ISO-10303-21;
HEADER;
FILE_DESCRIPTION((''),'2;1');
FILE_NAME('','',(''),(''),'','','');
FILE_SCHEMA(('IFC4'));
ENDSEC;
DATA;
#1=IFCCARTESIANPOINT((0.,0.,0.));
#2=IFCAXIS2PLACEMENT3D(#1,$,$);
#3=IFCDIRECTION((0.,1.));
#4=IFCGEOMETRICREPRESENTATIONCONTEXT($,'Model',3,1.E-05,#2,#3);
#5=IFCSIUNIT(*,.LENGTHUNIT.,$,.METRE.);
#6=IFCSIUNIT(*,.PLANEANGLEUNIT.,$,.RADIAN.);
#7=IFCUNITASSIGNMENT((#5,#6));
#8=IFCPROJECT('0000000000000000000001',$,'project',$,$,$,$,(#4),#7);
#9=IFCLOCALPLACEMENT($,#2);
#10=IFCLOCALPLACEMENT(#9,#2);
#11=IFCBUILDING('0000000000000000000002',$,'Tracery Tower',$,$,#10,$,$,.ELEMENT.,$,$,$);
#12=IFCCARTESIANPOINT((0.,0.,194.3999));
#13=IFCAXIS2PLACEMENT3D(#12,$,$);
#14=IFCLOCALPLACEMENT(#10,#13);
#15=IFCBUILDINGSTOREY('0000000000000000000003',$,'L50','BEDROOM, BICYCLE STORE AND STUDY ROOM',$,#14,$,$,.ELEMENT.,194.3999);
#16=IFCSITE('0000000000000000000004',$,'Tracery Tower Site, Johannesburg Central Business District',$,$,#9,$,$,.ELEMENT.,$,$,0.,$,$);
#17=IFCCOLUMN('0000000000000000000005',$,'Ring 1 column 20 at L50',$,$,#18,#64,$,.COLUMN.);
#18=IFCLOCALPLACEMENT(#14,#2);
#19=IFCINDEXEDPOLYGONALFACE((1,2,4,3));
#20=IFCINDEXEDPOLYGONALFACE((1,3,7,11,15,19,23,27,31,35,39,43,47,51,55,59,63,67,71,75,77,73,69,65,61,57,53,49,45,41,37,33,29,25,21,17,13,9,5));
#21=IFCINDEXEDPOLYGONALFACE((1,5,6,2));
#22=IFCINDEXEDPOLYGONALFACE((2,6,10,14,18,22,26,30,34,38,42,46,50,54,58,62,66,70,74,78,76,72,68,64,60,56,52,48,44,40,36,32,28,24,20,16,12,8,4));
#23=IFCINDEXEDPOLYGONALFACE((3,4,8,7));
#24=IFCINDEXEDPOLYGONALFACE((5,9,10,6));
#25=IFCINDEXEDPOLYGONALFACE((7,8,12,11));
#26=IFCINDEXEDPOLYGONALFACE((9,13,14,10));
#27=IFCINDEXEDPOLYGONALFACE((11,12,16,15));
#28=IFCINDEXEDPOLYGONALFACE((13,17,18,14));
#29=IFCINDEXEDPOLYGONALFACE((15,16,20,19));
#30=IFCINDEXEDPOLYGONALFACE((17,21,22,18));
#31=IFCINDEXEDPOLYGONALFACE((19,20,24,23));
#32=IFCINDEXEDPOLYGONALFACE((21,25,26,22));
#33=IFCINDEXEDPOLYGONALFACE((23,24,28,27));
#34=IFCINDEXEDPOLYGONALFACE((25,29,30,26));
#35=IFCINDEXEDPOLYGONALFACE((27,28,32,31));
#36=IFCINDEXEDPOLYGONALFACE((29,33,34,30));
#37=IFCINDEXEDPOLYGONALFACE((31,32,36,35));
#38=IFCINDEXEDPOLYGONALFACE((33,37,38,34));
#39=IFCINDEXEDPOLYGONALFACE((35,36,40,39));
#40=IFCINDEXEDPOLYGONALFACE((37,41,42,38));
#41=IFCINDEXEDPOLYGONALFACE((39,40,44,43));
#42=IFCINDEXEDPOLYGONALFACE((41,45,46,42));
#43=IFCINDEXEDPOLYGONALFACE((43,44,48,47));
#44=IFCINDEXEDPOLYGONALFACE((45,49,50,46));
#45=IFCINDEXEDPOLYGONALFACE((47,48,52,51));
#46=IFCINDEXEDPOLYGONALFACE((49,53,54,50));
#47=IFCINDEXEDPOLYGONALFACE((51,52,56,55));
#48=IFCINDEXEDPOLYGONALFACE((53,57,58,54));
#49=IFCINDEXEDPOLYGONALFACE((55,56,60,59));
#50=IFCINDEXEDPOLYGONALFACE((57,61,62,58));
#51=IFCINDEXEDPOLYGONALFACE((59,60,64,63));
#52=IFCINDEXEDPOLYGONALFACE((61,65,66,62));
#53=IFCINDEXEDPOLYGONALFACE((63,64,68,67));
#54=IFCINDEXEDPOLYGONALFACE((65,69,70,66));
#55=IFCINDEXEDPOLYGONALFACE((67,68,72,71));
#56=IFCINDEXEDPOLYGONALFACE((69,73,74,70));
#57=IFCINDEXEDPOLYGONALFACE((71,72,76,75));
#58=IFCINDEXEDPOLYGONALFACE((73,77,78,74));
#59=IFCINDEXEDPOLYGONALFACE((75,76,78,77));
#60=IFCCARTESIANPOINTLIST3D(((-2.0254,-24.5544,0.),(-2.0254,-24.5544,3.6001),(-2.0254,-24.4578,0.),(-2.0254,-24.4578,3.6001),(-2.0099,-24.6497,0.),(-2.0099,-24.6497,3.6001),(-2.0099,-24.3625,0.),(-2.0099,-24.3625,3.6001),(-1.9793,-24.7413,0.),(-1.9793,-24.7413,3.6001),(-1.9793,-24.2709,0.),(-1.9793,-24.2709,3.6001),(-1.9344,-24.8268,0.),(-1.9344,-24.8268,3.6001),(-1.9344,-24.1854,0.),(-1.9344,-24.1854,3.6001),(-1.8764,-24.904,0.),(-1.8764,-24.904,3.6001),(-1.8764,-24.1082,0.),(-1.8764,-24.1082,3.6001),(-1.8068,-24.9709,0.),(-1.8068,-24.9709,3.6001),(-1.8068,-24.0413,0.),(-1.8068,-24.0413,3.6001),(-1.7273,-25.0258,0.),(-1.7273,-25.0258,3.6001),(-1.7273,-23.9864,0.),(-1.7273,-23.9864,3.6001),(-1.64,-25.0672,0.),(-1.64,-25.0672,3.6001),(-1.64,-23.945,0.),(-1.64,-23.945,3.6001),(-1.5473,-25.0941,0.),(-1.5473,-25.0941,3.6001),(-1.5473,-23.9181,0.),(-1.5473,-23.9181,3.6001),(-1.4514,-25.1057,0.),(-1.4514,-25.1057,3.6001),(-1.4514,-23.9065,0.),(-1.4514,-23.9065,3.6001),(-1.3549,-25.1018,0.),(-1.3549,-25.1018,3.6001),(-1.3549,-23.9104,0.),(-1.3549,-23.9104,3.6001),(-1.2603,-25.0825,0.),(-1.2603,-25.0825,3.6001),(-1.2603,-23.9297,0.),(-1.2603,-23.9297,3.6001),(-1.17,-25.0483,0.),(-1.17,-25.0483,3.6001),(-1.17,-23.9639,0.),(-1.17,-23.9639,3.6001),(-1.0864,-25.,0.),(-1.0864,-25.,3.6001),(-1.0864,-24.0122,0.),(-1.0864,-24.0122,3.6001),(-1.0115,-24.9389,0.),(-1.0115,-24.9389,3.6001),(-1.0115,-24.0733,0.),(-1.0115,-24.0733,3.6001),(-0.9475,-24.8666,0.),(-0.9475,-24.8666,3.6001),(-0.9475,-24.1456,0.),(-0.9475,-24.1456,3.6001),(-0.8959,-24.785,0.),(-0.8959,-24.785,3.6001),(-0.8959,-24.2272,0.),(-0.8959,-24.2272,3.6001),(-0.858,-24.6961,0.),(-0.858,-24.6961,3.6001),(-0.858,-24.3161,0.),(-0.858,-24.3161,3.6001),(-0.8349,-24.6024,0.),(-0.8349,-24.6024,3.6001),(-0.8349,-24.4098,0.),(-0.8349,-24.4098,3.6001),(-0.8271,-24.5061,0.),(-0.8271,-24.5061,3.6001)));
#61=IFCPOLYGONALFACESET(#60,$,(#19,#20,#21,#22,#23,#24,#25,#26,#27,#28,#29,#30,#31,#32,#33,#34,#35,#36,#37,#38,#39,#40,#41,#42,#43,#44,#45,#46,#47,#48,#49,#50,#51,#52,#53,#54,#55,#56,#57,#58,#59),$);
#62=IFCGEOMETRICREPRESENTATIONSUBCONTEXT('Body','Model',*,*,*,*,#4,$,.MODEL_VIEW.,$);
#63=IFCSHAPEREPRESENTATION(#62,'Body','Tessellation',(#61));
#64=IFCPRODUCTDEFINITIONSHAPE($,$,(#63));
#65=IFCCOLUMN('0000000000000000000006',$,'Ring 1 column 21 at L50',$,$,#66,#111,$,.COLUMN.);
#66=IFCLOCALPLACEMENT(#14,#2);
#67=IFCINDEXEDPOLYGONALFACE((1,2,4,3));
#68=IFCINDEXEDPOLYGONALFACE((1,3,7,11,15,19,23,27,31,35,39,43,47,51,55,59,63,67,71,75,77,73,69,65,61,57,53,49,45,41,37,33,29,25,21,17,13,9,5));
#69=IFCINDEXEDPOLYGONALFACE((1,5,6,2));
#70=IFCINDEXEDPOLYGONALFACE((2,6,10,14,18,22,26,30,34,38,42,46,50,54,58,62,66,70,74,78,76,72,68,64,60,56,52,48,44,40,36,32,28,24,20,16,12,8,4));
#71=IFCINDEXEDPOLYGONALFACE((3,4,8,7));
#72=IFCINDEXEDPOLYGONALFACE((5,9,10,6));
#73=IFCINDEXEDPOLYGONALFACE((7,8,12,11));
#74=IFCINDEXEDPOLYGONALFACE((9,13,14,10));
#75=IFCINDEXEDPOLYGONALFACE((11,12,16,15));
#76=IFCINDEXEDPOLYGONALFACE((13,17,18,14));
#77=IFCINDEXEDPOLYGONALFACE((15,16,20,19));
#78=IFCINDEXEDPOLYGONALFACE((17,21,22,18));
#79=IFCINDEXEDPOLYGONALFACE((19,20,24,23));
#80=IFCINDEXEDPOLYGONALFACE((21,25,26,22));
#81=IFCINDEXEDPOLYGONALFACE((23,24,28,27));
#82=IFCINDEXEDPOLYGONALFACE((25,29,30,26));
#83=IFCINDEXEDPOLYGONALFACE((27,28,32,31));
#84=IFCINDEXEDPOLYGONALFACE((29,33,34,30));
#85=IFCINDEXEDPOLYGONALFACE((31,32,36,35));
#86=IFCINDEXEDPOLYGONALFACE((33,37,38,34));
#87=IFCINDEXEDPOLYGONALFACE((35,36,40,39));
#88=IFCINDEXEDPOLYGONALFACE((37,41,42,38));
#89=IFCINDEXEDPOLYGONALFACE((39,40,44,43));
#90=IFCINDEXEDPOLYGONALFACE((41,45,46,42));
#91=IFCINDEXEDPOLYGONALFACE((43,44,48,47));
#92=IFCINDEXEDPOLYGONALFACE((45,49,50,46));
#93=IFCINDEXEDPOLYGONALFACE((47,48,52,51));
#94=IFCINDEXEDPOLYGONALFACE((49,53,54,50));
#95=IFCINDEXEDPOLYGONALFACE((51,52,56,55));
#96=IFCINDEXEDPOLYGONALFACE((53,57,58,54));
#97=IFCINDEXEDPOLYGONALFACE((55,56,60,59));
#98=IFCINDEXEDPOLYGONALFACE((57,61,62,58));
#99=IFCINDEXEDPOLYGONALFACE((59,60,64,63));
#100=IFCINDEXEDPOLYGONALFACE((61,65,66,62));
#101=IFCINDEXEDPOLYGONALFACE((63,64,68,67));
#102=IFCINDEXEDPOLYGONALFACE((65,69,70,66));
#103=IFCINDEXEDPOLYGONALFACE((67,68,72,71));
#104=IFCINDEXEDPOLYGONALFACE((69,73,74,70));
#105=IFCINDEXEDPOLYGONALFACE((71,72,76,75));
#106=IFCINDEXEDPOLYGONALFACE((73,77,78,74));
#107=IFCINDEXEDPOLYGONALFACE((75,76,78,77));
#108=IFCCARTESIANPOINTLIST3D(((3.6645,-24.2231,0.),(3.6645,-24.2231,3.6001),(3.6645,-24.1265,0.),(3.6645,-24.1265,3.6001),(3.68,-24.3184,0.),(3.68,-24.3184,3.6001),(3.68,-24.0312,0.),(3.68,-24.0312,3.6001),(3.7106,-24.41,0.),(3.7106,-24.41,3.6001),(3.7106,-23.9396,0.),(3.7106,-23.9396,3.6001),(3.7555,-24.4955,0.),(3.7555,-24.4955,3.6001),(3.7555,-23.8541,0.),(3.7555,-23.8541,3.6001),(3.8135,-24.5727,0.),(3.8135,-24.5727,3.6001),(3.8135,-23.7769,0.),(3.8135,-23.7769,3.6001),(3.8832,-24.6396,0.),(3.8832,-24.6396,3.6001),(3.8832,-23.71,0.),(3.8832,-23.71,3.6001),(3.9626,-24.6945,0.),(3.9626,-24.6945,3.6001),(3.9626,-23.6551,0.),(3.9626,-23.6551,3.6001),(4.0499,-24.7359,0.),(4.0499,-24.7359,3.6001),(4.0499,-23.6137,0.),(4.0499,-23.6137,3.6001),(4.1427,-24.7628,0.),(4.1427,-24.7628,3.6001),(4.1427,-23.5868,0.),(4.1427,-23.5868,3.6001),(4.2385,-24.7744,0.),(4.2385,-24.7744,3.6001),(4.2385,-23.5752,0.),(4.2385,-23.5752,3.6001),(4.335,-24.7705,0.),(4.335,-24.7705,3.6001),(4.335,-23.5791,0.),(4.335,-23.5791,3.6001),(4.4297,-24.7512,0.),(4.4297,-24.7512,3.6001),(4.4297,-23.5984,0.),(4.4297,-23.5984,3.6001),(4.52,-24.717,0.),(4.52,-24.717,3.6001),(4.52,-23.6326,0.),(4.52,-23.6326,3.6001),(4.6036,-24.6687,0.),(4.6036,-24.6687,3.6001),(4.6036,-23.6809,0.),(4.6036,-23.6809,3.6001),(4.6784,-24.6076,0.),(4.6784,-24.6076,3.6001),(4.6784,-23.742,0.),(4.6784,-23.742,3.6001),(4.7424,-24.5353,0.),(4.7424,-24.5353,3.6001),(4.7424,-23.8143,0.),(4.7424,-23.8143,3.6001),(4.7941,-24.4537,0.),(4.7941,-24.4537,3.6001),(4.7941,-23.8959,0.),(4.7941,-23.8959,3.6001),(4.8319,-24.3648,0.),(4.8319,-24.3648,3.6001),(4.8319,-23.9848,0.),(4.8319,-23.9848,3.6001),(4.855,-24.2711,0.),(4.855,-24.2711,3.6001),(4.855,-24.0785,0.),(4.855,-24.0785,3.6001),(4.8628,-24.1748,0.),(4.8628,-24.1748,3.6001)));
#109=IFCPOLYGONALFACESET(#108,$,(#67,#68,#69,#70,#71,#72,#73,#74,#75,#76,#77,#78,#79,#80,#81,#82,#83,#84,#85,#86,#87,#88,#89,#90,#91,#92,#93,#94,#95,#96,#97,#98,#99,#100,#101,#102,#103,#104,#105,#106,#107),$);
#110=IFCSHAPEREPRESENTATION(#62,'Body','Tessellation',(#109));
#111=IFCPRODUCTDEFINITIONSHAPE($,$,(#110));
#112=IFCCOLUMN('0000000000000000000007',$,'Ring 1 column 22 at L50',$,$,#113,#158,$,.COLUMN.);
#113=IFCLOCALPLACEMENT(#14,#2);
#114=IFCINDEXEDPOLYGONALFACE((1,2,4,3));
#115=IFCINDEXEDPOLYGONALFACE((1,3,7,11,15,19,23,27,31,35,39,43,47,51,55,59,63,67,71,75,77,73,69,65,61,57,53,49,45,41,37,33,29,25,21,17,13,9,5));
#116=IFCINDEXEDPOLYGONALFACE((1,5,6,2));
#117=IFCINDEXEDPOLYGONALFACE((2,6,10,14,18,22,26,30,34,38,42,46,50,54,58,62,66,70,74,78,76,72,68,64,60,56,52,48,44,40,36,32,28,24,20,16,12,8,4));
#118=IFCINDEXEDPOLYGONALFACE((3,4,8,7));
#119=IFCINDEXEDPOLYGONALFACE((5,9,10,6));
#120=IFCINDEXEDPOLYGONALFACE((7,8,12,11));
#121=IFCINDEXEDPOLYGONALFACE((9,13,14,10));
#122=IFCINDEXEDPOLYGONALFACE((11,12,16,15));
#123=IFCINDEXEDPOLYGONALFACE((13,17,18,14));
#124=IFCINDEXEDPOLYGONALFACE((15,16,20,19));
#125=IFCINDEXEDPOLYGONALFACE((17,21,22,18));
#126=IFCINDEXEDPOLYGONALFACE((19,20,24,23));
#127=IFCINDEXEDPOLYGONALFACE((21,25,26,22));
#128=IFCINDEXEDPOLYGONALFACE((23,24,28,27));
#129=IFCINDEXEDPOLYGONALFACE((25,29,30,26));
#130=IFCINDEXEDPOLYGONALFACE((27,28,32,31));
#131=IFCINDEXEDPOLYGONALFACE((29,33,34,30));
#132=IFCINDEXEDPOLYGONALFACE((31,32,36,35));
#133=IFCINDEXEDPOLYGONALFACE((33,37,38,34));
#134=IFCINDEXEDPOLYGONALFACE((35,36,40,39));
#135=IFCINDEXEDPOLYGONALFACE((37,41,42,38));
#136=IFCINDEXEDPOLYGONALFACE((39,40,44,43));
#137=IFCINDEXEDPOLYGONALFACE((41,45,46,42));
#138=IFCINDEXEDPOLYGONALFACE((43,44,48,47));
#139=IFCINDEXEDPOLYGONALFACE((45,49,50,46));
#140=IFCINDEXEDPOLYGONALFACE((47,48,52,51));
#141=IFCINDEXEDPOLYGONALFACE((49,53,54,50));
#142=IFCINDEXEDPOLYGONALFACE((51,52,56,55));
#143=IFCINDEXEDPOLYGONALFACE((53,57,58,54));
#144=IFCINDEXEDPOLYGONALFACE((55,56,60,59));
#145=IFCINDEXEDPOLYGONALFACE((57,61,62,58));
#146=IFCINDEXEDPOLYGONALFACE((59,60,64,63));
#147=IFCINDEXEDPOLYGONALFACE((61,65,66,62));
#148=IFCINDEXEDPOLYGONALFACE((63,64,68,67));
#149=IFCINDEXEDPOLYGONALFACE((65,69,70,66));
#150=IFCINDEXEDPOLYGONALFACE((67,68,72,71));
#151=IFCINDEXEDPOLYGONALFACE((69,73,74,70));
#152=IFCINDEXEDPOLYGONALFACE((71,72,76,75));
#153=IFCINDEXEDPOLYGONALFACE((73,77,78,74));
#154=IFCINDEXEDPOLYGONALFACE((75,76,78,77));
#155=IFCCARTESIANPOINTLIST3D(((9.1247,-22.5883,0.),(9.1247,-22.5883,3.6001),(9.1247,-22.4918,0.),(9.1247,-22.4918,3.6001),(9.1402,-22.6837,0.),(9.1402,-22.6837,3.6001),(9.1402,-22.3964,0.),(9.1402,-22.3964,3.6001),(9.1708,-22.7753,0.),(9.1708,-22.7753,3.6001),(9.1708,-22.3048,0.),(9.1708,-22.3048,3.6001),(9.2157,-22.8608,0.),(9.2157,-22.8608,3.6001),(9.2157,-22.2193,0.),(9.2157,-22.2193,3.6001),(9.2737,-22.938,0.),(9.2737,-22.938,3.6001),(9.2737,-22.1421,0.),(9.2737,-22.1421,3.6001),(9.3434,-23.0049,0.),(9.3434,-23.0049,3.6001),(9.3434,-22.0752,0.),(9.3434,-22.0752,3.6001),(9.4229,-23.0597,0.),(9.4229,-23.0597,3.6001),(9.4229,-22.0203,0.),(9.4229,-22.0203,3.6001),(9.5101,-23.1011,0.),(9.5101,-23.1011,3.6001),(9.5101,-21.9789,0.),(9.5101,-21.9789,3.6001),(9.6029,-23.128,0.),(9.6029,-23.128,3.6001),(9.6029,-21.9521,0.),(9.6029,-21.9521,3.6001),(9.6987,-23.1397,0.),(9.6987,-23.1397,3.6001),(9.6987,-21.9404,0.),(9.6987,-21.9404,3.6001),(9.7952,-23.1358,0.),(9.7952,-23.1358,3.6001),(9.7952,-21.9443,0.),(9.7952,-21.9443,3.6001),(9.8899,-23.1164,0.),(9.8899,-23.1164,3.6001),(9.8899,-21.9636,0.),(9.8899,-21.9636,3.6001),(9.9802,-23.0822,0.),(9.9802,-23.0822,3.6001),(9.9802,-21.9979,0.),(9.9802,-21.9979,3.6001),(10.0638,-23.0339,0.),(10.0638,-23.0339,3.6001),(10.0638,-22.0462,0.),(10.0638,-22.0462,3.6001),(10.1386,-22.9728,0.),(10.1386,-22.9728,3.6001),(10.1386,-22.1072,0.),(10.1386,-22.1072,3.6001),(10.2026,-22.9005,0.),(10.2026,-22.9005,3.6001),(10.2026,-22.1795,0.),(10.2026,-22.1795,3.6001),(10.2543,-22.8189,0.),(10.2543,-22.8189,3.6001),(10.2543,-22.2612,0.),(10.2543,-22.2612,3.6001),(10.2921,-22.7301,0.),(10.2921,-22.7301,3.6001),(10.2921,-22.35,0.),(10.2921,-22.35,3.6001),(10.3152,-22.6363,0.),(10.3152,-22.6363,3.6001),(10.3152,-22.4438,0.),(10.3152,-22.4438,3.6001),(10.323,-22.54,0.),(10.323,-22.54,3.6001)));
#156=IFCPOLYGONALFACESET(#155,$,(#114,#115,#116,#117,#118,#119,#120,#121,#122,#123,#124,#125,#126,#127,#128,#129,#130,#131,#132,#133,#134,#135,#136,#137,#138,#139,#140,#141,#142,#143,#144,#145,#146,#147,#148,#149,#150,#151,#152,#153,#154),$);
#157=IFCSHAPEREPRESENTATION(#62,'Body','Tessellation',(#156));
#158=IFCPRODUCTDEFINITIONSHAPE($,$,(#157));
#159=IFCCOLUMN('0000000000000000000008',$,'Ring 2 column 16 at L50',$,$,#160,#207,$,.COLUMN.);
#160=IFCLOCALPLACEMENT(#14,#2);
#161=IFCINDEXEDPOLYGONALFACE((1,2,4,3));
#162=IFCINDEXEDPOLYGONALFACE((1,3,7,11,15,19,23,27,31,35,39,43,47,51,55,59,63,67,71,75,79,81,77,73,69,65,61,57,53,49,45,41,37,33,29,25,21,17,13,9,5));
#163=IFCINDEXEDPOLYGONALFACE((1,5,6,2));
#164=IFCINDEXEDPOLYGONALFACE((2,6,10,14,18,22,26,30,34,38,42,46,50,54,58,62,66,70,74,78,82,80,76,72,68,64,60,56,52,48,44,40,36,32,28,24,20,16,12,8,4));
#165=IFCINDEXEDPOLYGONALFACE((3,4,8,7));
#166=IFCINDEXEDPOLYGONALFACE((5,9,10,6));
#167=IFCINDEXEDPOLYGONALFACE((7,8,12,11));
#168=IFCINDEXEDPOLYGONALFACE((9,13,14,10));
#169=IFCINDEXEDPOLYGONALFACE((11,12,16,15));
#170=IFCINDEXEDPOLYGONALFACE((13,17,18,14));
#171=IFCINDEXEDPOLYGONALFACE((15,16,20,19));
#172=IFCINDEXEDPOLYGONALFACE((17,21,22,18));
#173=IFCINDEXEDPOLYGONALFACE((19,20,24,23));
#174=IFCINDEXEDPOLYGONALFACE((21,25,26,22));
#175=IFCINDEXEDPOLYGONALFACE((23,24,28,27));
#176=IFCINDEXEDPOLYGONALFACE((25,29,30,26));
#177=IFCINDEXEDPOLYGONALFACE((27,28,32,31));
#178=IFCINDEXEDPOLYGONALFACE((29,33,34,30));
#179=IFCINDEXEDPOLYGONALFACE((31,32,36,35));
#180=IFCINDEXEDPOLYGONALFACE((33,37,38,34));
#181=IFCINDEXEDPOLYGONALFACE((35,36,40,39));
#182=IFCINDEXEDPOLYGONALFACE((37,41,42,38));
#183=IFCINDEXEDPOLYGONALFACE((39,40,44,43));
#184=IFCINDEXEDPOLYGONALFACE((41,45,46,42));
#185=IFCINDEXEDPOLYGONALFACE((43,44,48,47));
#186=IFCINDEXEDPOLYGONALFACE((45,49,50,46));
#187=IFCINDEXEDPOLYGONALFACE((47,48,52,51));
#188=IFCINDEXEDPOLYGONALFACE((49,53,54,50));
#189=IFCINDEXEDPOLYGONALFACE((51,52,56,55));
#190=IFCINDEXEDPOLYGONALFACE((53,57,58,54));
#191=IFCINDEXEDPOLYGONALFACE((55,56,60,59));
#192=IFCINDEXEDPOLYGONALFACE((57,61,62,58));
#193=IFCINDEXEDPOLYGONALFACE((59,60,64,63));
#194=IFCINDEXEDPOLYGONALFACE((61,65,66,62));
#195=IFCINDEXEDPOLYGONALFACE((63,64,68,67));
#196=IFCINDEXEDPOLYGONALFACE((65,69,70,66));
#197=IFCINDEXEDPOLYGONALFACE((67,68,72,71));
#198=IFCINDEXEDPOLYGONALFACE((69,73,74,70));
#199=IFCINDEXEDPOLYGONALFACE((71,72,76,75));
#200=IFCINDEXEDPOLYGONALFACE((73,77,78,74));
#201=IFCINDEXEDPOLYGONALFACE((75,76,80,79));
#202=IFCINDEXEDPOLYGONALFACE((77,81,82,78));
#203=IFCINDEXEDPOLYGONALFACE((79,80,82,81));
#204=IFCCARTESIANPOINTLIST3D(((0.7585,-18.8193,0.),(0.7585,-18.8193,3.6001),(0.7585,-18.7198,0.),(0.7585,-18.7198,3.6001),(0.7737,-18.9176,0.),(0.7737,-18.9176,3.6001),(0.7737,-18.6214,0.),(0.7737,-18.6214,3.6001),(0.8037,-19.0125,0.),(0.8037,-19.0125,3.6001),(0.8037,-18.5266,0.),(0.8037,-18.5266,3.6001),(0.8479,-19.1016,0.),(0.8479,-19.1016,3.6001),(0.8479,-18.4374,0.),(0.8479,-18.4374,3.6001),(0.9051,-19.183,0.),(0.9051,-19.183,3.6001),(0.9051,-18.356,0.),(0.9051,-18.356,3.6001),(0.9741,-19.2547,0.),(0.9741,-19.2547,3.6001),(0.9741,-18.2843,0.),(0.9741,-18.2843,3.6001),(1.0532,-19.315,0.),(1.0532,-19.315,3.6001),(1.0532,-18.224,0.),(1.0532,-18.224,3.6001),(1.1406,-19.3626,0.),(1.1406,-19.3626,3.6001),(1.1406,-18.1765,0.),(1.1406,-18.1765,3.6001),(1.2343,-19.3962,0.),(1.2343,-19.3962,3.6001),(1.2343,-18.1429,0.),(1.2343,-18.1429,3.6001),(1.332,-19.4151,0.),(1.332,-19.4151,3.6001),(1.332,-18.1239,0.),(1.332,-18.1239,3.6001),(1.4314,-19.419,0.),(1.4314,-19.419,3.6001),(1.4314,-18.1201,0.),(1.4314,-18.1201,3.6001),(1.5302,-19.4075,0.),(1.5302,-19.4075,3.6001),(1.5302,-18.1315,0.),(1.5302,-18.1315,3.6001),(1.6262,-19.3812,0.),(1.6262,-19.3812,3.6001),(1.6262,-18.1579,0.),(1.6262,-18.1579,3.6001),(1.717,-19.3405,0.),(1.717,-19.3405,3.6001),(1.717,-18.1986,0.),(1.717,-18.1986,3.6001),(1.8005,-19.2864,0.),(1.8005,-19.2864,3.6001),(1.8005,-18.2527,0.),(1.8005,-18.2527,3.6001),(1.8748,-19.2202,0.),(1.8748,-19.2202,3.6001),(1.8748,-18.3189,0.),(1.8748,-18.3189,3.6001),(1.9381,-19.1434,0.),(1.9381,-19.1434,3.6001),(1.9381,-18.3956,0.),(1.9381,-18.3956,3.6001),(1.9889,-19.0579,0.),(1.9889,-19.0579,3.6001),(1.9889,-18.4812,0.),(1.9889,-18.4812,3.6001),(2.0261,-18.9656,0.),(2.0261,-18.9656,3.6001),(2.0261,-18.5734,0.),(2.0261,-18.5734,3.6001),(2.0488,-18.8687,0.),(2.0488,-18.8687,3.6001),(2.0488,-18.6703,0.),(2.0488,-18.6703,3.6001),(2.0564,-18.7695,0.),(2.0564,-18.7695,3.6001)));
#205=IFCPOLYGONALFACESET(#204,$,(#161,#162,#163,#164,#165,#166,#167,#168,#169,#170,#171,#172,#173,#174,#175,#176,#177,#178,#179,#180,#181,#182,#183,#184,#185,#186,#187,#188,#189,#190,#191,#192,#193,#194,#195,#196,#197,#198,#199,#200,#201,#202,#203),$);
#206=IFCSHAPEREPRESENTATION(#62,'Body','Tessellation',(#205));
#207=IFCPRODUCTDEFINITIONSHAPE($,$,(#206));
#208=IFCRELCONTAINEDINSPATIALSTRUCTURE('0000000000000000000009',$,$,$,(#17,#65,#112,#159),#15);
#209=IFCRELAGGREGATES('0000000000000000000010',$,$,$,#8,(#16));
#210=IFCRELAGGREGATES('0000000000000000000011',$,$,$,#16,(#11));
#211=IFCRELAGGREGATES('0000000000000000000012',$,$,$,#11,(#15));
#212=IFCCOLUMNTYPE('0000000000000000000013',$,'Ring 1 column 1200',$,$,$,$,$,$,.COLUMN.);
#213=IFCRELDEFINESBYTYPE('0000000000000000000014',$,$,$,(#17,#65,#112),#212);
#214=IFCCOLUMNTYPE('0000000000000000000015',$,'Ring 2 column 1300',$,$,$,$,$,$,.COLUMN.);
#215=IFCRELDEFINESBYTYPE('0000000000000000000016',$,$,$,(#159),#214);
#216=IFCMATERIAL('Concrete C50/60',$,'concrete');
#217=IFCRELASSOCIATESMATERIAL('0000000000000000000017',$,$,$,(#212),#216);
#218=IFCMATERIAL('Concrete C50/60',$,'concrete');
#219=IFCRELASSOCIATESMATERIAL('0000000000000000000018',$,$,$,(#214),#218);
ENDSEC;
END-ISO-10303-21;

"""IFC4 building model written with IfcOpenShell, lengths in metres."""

from ifc_helpers import new_model, si_unit, direction, frame, origin, origin_2d, place, context, subcontext, project, spatial, circle, extrude, material, material_profile, profile_set, type_object, element, save


model = new_model("IFC4")

# Units and contexts
model_context = context("Model", 3, precision=1e-05, world=origin(), true_north=direction((0.0, 1.0)))
body_context = subcontext(model_context, "Body", "Model", "MODEL_VIEW")
ifc_project = project(units=[si_unit("LENGTHUNIT", "METRE"), si_unit("PLANEANGLEUNIT", "RADIAN")], contexts=[model_context])

# Site, building, storey
site_placement = place(None, origin())
site = spatial("IfcSite", under=ifc_project, at=site_placement, Name="Tracery Tower Site, Johannesburg Central Business District", CompositionType="ELEMENT", RefElevation=0.0)
building_placement = place(site_placement, origin())
building = spatial("IfcBuilding", under=site, at=building_placement, Name="Tracery Tower", CompositionType="ELEMENT")
storey_placement = place(building_placement, frame((0.0, 0.0, 194.3999)))
storey = spatial("IfcBuildingStorey", under=building, at=storey_placement, Name="L50", Description="BEDROOM, BICYCLE STORE AND STUDY ROOM", CompositionType="ELEMENT", Elevation=194.3999)

# Columns
ifc_material_1 = material(Name="Concrete C50/60", Category="concrete")
ifc_material_profile_1 = material_profile(ifc_material_1, circle(Radius=0.6001, at=origin_2d()), Name="RC D1200")
ifc_profile_set_1 = profile_set([ifc_material_profile_1], Name="Concrete C50/60")
column_type_1 = type_object("IfcColumnType", Name="Ring 1 column 1200", PredefinedType="COLUMN", material=ifc_profile_set_1)
for number, where, z_axis, x_axis, name in (
    (1, (-1.4272, -24.5061, 0.0), (0.0, 0.0, 1.0), (1.0, 0.0, 0.0), "Ring 1 column 20 at L50"),
    (2, (4.2627, -24.1748, 0.0), (0.0, 0.0, 1.0), (1.0, 0.0, 0.0), "Ring 1 column 21 at L50"),
    (3, (9.7229, -22.54, 0.0), (0.0, 0.0, 1.0), (1.0, 0.0, 0.0), "Ring 1 column 22 at L50"),
):
    element("IfcColumn", number, at=place(storey_placement, frame(where, z_axis=z_axis, x_axis=x_axis)), inside=storey, type_object=column_type_1, Name=name, PredefinedType="COLUMN", context=body_context, shape_type="SweptSolid", body=[
        extrude(circle(Radius=0.6001, at=origin_2d()), origin(), (0.0, 0.0, 1.0), 3.6001),
    ])
ifc_material_2 = material(Name="Concrete C50/60", Category="concrete")
ifc_material_profile_2 = material_profile(ifc_material_2, circle(Radius=0.6499, at=origin_2d()), Name="RC D1300")
ifc_profile_set_2 = profile_set([ifc_material_profile_2], Name="Concrete C50/60")
column_type_2 = type_object("IfcColumnType", Name="Ring 2 column 1300", PredefinedType="COLUMN", material=ifc_profile_set_2)
for number, where, z_axis, x_axis, name in (
    (4, (1.4065, -18.7695, 0.0), (0.0, 0.0, 1.0), (1.0, 0.0, 0.0), "Ring 2 column 16 at L50"),
):
    element("IfcColumn", number, at=place(storey_placement, frame(where, z_axis=z_axis, x_axis=x_axis)), inside=storey, type_object=column_type_2, Name=name, PredefinedType="COLUMN", context=body_context, shape_type="SweptSolid", body=[
        extrude(circle(Radius=0.6499, at=origin_2d()), origin(), (0.0, 0.0, 1.0), 3.6001),
    ])

save(model, "model.ifc")
